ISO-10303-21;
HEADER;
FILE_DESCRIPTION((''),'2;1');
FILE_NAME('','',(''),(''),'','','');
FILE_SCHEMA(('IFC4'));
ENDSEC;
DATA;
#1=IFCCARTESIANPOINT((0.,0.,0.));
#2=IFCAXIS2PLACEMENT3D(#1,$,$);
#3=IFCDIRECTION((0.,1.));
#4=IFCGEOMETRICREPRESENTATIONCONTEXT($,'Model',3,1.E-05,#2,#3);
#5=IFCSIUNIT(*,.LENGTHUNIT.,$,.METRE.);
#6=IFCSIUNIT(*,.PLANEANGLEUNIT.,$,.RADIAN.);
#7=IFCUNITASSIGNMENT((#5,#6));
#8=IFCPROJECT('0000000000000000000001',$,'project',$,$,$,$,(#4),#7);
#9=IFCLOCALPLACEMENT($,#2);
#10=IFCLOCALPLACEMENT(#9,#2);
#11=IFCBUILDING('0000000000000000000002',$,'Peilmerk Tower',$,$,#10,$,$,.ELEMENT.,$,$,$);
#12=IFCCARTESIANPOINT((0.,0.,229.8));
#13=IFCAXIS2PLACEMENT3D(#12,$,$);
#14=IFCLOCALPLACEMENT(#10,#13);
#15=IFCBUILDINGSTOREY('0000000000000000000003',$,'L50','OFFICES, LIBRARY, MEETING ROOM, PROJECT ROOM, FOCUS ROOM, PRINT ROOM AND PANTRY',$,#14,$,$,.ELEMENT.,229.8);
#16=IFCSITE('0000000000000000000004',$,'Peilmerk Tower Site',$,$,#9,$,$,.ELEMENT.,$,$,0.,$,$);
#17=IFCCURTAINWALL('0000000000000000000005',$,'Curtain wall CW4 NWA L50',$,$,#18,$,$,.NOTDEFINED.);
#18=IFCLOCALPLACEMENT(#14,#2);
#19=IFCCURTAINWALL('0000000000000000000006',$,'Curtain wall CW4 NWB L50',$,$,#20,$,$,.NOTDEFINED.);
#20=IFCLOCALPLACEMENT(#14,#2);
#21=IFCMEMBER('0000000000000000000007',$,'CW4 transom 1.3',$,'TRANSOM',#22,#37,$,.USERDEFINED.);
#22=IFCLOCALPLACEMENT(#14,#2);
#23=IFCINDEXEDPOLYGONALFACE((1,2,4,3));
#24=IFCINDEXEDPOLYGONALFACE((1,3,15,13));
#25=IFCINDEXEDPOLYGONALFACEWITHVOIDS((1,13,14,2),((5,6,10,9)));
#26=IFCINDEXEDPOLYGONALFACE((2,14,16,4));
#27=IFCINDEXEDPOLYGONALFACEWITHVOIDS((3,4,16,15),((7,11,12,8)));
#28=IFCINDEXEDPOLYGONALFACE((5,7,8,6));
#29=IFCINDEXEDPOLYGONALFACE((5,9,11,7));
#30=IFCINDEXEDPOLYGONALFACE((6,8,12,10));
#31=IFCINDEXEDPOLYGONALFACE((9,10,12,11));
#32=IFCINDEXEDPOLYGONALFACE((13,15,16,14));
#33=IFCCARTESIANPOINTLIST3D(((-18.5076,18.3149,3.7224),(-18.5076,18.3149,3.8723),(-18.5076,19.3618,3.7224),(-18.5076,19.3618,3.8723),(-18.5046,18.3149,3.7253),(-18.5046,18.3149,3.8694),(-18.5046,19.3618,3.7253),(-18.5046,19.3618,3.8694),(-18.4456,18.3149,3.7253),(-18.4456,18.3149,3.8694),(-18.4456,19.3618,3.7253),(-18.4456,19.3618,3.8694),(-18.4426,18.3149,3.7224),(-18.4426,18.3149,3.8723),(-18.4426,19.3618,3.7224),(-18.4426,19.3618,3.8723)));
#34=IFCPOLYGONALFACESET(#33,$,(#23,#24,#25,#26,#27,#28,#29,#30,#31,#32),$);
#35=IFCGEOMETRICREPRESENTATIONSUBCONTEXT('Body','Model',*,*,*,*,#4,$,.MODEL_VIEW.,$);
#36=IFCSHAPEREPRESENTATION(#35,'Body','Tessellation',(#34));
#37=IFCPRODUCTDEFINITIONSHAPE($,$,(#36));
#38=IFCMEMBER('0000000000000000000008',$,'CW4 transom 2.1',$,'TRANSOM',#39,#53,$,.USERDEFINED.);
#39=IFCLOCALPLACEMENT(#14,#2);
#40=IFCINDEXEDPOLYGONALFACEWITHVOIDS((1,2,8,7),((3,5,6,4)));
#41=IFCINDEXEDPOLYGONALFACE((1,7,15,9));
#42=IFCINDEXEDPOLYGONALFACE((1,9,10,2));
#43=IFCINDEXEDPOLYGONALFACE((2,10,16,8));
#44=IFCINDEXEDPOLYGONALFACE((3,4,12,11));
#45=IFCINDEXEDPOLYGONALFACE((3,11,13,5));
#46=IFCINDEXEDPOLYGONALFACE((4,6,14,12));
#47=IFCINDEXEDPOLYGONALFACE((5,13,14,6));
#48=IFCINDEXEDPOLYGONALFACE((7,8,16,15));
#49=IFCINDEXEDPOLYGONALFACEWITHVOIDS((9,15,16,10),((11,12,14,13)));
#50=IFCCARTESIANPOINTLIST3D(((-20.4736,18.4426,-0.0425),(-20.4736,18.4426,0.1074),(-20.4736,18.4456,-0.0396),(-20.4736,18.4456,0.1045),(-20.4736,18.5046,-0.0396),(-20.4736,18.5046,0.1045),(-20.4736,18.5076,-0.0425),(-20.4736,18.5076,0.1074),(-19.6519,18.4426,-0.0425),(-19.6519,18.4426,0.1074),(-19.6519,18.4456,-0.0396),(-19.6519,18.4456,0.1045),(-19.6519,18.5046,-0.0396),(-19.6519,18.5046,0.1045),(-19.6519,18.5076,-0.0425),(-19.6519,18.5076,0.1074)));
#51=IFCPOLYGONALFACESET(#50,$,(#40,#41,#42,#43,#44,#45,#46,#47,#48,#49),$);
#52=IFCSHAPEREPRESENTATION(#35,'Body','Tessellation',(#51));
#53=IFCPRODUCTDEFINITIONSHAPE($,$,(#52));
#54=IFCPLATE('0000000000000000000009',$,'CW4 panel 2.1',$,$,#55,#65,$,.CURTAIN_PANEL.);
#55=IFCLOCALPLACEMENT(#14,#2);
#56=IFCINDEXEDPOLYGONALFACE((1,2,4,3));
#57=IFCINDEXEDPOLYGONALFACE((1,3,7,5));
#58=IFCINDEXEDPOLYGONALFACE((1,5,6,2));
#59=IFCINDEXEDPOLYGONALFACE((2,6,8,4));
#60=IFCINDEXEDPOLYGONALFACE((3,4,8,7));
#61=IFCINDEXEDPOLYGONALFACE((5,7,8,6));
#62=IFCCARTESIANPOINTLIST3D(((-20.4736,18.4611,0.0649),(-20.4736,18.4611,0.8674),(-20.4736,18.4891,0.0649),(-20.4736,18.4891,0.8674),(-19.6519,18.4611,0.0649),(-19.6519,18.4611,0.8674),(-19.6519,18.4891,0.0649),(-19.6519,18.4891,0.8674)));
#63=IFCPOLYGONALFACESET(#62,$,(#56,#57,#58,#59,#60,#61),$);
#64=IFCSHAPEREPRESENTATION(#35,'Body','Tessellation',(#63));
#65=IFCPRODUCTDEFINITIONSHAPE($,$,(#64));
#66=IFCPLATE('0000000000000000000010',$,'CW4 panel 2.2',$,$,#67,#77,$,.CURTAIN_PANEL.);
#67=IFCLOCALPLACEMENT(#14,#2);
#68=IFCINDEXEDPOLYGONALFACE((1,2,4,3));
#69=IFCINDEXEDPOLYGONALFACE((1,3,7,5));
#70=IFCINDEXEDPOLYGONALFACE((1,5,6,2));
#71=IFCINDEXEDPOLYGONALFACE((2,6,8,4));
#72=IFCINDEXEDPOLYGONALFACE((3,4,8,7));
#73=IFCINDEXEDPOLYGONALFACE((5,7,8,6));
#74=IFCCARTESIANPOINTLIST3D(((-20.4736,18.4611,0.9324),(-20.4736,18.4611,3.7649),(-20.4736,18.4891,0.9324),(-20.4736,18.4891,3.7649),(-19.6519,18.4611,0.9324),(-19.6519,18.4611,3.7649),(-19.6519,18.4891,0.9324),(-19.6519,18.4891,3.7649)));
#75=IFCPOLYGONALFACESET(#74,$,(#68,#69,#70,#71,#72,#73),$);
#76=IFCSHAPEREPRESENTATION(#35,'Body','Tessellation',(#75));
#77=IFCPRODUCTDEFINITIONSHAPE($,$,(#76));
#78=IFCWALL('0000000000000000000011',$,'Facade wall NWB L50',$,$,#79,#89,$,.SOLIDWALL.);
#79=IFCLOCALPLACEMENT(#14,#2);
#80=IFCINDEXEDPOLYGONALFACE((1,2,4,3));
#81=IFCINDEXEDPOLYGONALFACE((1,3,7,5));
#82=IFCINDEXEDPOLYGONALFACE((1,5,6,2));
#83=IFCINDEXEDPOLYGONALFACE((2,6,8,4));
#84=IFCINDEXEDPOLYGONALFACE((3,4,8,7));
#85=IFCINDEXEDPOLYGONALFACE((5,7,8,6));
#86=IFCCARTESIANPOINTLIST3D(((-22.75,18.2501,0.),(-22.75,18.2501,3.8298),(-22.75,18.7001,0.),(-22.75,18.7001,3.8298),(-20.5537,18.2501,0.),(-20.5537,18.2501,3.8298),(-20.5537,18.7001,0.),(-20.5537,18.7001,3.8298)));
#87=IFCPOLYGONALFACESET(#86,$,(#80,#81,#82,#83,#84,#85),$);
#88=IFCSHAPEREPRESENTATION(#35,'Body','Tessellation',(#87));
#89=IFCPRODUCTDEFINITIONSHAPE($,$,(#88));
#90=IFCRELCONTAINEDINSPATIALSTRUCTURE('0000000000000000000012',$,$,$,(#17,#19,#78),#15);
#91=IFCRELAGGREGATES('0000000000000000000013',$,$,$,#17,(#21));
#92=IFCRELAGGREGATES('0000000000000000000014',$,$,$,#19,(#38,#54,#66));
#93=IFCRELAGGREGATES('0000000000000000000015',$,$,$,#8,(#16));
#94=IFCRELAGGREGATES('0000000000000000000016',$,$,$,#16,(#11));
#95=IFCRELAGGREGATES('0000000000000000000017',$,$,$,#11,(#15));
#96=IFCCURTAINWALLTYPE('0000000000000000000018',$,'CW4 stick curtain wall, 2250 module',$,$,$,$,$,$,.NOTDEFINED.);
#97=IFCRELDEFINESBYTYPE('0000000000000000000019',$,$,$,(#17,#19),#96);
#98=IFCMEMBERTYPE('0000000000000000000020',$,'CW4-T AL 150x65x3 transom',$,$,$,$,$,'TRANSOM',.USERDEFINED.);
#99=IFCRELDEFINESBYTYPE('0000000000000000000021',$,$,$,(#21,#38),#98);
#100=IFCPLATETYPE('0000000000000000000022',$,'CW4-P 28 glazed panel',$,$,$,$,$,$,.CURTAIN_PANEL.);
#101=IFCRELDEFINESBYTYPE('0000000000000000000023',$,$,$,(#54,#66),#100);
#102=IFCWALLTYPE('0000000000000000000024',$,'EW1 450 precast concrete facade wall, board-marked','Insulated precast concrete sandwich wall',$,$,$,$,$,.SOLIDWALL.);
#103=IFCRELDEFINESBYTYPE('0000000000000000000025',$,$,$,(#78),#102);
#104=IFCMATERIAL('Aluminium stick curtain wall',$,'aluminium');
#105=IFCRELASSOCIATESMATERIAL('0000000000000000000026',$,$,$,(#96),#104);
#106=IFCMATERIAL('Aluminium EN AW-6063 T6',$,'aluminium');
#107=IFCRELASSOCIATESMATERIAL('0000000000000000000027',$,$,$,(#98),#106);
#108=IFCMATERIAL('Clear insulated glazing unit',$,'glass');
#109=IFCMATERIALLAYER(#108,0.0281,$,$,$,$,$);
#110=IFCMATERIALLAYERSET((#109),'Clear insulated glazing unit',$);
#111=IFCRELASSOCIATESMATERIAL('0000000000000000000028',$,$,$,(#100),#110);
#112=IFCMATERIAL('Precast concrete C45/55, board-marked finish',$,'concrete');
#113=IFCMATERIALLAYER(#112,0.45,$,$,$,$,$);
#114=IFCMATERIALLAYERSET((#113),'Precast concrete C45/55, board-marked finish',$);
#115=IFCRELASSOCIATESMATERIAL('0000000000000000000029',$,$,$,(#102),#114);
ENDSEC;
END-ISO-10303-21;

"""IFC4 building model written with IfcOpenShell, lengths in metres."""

from ifc_helpers import new_model, si_unit, direction, frame, frame_2d, origin, origin_2d, place, context, subcontext, project, spatial, rectangle, hollow_rectangle, extrude, material, layer, layer_set, material_profile, profile_set, type_object, element, aggregate, save


model = new_model("IFC4")

# Units and contexts
model_context = context("Model", 3, precision=1e-05, world=origin(), true_north=direction((0.0, 1.0)))
body_context = subcontext(model_context, "Body", "Model", "MODEL_VIEW")
ifc_project = project(units=[si_unit("LENGTHUNIT", "METRE"), si_unit("PLANEANGLEUNIT", "RADIAN")], contexts=[model_context])

# Site, building, storey
site_placement = place(None, origin())
site = spatial("IfcSite", under=ifc_project, at=site_placement, Name="Peilmerk Tower Site", CompositionType="ELEMENT", RefElevation=0.0)
building_placement = place(site_placement, origin())
building = spatial("IfcBuilding", under=site, at=building_placement, Name="Peilmerk Tower", CompositionType="ELEMENT")
storey_placement = place(building_placement, frame((0.0, 0.0, 229.8)))
storey = spatial("IfcBuildingStorey", under=building, at=storey_placement, Name="L50", Description="OFFICES, LIBRARY, MEETING ROOM, PROJECT ROOM, FOCUS ROOM, PRINT ROOM AND PANTRY", CompositionType="ELEMENT", Elevation=229.8)

# Curtain walls
ifc_material_1 = material(Name="Aluminium stick curtain wall", Category="aluminium")
curtain_wall_type = type_object("IfcCurtainWallType", Name="CW4 stick curtain wall, 2250 module", PredefinedType="NOTDEFINED", material=ifc_material_1)
curtain_wall_1_placement = place(storey_placement, origin())
curtain_wall_1 = element("IfcCurtainWall", 1, at=curtain_wall_1_placement, inside=storey, type_object=curtain_wall_type, Name="Curtain wall CW4 NWA L50", PredefinedType="NOTDEFINED")
ifc_material_2 = material(Name="Aluminium EN AW-6063 T6", Category="aluminium")
curtain_wall_2_placement = place(storey_placement, origin())
curtain_wall_2 = element("IfcCurtainWall", 2, at=curtain_wall_2_placement, inside=storey, type_object=curtain_wall_type, Name="Curtain wall CW4 NWB L50", PredefinedType="NOTDEFINED")

# Members
ifc_material_profile_1 = material_profile(ifc_material_2, hollow_rectangle(XDim=0.0649, YDim=0.1499, WallThickness=0.0029, at=origin_2d()), Name="AL 150x65x3")
ifc_profile_set_1 = profile_set([ifc_material_profile_1], Name="Aluminium EN AW-6063 T6")
member_type_1 = type_object("IfcMemberType", Name="CW4-T AL 150x65x3 transom", ElementType="TRANSOM", PredefinedType="USERDEFINED", material=ifc_profile_set_1)
member_1_placement = place(storey_placement, frame((-18.4751, 18.3149, 3.7974), z_axis=(0.0, 1.0, 0.0), x_axis=(-1.0, 0.0, 0.0)))
member_1 = element("IfcMember", 3, at=member_1_placement, type_object=member_type_1, Name="CW4 transom 1.3", ObjectType="TRANSOM", PredefinedType="USERDEFINED", context=body_context, shape_type="SweptSolid", body=[
    extrude(hollow_rectangle(XDim=0.0649, YDim=0.1499, WallThickness=0.0029, at=origin_2d()), origin(), (0.0, 0.0, 1.0), 1.0469),
])
aggregate(curtain_wall_1, [member_1])
member_2_placement = place(storey_placement, frame((-19.6519, 18.4751, 0.0325), z_axis=(-1.0, 0.0, 0.0), x_axis=(0.0, -1.0, 0.0)))
member_2 = element("IfcMember", 4, at=member_2_placement, type_object=member_type_1, Name="CW4 transom 2.1", ObjectType="TRANSOM", PredefinedType="USERDEFINED", context=body_context, shape_type="SweptSolid", body=[
    extrude(hollow_rectangle(XDim=0.0649, YDim=0.1499, WallThickness=0.0029, at=origin_2d()), origin(), (0.0, 0.0, 1.0), 0.8218),
])

# Plates
ifc_material_3 = material(Name="Clear insulated glazing unit", Category="glass")
ifc_layer_1 = layer(ifc_material_3, 0.0281)
ifc_layer_set_1 = layer_set([ifc_layer_1], Name="Clear insulated glazing unit")
plate_type = type_object("IfcPlateType", Name="CW4-P 28 glazed panel", PredefinedType="CURTAIN_PANEL", material=ifc_layer_set_1)
plate_1_placement = place(storey_placement, frame((-20.0627, 18.4751, 0.0649), z_axis=(0.0, 0.0, 1.0), x_axis=(-1.0, 0.0, 0.0)))
plate_1 = element("IfcPlate", 5, at=plate_1_placement, type_object=plate_type, Name="CW4 panel 2.1", PredefinedType="CURTAIN_PANEL", context=body_context, shape_type="SweptSolid", body=[
    extrude(rectangle(XDim=0.8218, YDim=0.0281, at=origin_2d()), origin(), (0.0, 0.0, 1.0), 0.8025),
])
plate_2_placement = place(storey_placement, frame((-20.0627, 18.4751, 0.9324), z_axis=(0.0, 0.0, 1.0), x_axis=(-1.0, 0.0, 0.0)))
plate_2 = element("IfcPlate", 6, at=plate_2_placement, type_object=plate_type, Name="CW4 panel 2.2", PredefinedType="CURTAIN_PANEL", context=body_context, shape_type="SweptSolid", body=[
    extrude(rectangle(XDim=0.8218, YDim=0.0281, at=origin_2d()), origin(), (0.0, 0.0, 1.0), 2.8325),
])
aggregate(curtain_wall_2, [member_2, plate_1, plate_2])

# Wall
ifc_material_4 = material(Name="Precast concrete C45/55, board-marked finish", Category="concrete")
ifc_layer_2 = layer(ifc_material_4, 0.45)
ifc_layer_set_2 = layer_set([ifc_layer_2], Name="Precast concrete C45/55, board-marked finish")
wall_type_1 = type_object("IfcWallType", Name="EW1 450 precast concrete facade wall, board-marked", Description="Insulated precast concrete sandwich wall", PredefinedType="SOLIDWALL", material=ifc_layer_set_2)
wall_1_placement = place(storey_placement, frame((-20.5537, 18.4751, 0.0), z_axis=(0.0, 0.0, 1.0), x_axis=(-1.0, 0.0, 0.0)))
element("IfcWall", 7, at=wall_1_placement, inside=storey, type_object=wall_type_1, Name="Facade wall NWB L50", PredefinedType="SOLIDWALL", context=body_context, shape_type="SweptSolid", body=[
    extrude(rectangle(XDim=2.1963, YDim=0.45, at=frame_2d((1.0981, 0.0))), origin(), (0.0, 0.0, 1.0), 3.8298),
])

save(model, "model.ifc")
